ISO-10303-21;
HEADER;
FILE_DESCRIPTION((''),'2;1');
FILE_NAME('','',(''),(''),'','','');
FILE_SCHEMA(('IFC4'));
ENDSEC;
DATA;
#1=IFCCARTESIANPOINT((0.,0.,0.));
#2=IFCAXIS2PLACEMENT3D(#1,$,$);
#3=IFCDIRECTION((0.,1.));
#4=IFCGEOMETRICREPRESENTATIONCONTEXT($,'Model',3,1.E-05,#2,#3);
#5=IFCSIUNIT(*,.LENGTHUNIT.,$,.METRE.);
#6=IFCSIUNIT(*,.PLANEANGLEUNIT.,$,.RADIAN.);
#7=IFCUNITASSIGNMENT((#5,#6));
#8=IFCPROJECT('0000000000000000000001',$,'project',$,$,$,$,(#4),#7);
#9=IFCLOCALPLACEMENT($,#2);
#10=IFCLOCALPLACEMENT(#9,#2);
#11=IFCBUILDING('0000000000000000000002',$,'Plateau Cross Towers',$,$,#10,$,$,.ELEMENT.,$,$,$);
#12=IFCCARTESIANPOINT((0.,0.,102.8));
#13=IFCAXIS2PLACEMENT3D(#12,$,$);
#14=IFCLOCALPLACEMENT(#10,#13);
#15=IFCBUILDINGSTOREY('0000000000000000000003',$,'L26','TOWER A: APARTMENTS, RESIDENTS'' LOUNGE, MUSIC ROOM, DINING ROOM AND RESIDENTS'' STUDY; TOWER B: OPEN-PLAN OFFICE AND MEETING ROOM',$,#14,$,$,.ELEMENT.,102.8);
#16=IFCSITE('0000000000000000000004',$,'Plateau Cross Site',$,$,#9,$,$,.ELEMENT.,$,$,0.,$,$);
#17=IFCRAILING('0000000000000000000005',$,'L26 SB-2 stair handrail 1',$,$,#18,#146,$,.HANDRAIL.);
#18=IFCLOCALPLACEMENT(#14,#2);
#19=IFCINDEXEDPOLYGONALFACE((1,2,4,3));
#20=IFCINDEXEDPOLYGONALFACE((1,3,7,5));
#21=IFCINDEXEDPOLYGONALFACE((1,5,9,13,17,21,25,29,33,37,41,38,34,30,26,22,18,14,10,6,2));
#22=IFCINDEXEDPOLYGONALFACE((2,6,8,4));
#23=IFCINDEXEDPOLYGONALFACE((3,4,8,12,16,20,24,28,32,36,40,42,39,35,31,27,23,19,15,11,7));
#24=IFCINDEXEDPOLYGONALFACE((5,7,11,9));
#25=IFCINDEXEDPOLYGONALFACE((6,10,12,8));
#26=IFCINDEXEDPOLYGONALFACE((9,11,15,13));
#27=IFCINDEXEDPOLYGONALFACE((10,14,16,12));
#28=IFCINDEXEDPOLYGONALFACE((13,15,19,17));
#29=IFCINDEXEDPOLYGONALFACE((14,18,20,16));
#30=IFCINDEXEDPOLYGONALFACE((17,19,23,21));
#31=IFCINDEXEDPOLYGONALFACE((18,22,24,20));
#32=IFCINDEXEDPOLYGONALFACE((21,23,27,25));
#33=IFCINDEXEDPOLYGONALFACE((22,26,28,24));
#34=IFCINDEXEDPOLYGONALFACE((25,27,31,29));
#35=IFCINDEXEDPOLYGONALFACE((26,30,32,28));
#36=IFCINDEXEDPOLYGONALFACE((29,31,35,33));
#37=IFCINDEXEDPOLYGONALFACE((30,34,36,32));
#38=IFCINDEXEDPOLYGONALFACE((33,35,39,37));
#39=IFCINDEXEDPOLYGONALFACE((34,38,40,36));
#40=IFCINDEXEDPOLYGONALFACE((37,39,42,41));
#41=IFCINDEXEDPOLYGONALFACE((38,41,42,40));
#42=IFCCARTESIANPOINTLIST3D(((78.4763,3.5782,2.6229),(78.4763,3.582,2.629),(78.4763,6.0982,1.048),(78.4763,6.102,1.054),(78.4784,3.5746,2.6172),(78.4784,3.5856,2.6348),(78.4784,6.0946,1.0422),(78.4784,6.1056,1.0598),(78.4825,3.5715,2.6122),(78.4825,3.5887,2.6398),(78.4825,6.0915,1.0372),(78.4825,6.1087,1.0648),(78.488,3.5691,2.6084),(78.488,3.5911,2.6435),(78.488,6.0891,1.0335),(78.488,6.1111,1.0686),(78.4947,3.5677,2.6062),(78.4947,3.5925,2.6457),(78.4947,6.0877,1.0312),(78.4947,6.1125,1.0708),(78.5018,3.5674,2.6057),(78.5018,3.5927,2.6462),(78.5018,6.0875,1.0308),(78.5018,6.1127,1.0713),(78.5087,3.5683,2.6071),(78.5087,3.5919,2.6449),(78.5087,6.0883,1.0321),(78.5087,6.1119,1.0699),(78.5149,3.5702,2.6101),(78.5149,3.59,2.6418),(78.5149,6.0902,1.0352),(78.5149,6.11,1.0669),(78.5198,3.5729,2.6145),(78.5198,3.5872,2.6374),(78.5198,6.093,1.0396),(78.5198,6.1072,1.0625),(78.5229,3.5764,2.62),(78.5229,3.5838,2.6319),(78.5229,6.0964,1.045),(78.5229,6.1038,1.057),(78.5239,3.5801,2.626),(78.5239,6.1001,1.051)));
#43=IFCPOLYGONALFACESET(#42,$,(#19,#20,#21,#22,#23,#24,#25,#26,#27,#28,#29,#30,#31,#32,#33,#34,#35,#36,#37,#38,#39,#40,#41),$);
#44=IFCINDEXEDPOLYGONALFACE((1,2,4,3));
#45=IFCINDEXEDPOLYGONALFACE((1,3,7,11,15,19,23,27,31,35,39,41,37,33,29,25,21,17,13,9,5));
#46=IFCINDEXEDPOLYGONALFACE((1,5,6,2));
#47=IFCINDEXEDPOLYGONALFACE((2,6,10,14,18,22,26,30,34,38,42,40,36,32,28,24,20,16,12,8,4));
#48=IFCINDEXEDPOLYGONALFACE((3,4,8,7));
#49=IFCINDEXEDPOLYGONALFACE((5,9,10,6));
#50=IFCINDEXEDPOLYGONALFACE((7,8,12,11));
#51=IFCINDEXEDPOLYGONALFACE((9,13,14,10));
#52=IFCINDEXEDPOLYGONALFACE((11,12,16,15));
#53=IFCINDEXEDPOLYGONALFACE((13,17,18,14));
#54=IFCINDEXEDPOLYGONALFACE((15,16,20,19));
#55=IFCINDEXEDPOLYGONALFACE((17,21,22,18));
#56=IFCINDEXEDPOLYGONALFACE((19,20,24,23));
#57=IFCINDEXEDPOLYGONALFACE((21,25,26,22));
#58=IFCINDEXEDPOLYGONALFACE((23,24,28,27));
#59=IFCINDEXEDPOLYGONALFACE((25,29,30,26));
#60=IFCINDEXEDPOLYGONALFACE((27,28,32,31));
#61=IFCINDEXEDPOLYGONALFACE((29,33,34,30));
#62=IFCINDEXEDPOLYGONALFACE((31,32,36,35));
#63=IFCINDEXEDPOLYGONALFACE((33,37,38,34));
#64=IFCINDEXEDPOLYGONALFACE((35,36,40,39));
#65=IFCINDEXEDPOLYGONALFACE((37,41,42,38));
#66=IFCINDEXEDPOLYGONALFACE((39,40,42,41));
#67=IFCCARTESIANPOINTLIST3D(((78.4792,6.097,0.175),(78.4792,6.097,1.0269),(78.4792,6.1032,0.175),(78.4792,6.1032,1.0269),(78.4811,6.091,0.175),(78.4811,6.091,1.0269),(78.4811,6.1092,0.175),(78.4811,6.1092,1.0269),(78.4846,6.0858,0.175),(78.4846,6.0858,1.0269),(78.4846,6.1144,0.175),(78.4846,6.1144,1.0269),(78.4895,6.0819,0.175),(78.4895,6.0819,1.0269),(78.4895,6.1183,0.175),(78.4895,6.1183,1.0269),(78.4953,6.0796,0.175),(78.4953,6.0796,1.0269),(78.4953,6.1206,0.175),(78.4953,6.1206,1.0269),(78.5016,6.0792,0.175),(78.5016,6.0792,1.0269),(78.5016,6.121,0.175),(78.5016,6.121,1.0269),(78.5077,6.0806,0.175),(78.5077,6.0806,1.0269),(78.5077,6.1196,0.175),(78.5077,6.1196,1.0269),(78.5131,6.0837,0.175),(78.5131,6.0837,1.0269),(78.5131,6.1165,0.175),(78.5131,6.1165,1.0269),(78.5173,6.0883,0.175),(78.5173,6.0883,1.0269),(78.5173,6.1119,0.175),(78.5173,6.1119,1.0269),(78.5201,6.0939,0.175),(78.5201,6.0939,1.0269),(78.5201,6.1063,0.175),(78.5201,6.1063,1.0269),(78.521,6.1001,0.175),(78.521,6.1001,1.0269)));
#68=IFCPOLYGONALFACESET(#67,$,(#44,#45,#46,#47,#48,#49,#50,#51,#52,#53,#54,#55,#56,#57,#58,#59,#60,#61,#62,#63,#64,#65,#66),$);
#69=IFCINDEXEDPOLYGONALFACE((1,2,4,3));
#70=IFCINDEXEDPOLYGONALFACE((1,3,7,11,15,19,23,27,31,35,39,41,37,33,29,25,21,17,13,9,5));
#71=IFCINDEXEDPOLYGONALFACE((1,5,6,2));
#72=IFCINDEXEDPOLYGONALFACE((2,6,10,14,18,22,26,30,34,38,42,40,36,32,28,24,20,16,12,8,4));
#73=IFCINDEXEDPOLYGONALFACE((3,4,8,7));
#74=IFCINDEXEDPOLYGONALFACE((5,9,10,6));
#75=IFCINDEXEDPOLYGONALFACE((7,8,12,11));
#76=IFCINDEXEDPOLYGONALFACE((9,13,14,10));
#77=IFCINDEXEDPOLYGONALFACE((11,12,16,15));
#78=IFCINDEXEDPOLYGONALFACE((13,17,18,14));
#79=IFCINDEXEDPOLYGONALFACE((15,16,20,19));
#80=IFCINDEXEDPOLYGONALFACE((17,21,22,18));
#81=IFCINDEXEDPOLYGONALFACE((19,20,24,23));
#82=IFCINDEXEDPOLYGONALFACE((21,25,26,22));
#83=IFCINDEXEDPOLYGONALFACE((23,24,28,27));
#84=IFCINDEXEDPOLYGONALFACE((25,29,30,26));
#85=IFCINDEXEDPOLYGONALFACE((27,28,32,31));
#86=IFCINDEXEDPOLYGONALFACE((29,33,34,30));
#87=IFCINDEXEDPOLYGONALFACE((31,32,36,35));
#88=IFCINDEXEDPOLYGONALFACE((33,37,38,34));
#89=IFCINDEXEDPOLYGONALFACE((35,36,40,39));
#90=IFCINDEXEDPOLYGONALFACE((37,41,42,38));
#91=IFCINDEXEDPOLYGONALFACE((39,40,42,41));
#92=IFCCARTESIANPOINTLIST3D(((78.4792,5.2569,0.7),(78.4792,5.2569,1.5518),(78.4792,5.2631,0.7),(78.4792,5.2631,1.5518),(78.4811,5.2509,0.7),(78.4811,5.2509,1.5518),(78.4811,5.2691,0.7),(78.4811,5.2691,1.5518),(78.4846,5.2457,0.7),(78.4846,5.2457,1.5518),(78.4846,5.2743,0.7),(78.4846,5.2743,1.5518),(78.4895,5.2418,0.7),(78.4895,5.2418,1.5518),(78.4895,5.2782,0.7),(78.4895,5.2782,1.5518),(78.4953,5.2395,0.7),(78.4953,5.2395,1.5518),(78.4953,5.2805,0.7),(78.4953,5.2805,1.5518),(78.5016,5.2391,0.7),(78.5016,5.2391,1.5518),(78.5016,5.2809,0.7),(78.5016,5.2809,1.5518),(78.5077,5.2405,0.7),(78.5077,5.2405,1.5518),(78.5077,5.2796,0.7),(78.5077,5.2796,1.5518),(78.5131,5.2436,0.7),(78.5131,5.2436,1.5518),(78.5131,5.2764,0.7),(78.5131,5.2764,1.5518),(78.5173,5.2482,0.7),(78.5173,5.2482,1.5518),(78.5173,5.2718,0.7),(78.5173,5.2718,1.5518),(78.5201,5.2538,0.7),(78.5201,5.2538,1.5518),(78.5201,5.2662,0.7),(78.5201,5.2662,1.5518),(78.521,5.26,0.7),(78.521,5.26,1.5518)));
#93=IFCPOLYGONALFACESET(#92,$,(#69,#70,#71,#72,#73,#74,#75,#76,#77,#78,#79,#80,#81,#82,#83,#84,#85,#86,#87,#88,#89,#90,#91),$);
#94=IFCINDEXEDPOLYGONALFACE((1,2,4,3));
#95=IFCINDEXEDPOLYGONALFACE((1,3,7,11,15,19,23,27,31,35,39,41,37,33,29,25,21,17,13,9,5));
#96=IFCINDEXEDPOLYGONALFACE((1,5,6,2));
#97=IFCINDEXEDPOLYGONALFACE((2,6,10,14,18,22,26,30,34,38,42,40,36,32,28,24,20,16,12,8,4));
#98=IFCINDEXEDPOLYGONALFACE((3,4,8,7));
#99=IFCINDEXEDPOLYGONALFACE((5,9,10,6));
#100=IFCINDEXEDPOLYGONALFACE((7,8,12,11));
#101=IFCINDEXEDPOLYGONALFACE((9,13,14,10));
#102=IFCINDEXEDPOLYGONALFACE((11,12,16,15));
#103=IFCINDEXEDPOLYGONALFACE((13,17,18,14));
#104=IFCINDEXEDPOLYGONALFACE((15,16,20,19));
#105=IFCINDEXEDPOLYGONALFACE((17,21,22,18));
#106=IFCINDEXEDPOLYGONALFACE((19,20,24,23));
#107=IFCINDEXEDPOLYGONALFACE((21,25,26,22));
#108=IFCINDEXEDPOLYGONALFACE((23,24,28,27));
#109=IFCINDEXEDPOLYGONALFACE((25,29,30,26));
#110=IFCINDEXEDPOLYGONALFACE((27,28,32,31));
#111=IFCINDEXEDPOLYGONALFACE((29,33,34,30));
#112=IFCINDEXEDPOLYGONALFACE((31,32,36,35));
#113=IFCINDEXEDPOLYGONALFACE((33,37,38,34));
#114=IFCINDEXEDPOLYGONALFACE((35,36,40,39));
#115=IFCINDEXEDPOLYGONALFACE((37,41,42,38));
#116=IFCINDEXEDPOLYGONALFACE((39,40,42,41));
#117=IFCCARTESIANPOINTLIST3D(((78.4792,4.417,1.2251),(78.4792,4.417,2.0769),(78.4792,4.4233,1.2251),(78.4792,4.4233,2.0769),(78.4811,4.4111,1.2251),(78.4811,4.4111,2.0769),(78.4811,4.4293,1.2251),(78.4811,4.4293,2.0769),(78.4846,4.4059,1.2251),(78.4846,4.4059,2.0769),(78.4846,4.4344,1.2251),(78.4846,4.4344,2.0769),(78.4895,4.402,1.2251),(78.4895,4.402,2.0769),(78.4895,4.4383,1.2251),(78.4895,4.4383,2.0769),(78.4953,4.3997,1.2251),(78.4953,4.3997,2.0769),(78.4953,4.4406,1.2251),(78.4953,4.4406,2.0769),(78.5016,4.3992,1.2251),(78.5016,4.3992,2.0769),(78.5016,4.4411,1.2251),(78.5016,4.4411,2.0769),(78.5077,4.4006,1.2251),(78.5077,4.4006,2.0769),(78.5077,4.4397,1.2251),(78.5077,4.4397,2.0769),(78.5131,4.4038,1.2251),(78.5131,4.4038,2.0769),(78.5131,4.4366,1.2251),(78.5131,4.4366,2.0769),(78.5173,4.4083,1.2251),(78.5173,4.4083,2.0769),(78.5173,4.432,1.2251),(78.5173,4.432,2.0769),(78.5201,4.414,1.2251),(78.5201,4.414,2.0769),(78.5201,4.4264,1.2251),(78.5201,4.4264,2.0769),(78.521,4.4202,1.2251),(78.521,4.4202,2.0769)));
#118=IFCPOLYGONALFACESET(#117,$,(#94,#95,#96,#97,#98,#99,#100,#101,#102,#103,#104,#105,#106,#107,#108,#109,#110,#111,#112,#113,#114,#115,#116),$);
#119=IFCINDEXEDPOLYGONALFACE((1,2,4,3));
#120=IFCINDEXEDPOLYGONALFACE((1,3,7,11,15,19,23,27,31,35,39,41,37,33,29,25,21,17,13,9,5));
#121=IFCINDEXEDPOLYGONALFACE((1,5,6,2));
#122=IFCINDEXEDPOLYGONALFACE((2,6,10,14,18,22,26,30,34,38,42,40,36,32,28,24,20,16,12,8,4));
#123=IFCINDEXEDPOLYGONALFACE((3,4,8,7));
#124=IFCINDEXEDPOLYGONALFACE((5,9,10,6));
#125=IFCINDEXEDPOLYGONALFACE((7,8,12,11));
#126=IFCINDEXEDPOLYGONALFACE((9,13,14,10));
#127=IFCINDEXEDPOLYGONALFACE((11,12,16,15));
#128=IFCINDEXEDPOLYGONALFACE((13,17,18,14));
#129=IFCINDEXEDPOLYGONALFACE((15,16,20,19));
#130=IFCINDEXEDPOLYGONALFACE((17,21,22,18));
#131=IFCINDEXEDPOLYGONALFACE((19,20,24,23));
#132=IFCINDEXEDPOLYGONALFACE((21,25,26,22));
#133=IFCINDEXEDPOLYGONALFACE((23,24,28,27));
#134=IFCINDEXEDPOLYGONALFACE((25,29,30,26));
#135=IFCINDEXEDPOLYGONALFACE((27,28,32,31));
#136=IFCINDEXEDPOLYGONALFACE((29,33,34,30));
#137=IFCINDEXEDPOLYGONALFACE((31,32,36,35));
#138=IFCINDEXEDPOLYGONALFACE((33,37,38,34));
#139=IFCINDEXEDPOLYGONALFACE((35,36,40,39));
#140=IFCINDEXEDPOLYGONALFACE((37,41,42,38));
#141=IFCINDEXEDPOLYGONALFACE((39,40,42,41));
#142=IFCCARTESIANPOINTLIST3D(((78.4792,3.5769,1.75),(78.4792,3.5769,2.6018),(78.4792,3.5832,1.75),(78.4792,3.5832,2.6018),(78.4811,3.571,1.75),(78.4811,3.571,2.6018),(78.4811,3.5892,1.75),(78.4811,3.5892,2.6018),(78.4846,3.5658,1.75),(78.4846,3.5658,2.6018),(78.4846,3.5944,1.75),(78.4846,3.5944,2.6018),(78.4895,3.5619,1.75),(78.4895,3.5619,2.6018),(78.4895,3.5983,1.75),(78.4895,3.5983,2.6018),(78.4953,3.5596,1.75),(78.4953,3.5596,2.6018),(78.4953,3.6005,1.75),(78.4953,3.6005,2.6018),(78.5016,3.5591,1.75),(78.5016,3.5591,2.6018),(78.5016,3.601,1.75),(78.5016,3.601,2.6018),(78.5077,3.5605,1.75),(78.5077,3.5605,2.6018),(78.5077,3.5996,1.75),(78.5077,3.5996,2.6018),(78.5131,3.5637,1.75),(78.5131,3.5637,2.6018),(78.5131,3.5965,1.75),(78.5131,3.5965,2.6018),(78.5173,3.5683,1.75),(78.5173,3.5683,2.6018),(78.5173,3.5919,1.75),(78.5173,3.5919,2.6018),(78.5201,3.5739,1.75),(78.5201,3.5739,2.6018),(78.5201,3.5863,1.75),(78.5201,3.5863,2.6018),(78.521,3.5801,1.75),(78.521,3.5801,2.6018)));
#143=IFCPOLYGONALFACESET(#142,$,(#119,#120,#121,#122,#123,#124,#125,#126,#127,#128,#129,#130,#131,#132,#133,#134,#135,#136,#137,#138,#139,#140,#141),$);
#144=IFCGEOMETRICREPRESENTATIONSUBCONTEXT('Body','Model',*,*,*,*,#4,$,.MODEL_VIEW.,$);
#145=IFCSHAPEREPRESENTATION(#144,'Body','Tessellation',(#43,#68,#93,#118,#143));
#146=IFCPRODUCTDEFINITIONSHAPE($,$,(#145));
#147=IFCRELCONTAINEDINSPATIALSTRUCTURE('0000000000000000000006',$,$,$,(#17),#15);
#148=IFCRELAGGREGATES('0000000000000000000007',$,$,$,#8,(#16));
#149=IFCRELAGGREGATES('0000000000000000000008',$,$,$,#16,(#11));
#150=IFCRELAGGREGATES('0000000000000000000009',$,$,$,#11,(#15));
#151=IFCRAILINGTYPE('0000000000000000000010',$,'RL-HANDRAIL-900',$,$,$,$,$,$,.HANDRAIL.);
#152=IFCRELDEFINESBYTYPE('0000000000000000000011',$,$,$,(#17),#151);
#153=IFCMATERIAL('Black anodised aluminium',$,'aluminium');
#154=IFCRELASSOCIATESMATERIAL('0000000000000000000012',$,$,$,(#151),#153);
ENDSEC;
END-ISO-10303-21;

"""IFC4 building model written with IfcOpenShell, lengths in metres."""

from ifc_helpers import new_model, si_unit, direction, frame, origin, origin_2d, place, context, subcontext, project, spatial, circle, extrude, material, type_object, element, save


model = new_model("IFC4")

# Units and contexts
model_context = context("Model", 3, precision=1e-05, world=origin(), true_north=direction((0.0, 1.0)))
body_context = subcontext(model_context, "Body", "Model", "MODEL_VIEW")
ifc_project = project(units=[si_unit("LENGTHUNIT", "METRE"), si_unit("PLANEANGLEUNIT", "RADIAN")], contexts=[model_context])

# Site, building, storey
site_placement = place(None, origin())
site = spatial("IfcSite", under=ifc_project, at=site_placement, Name="Plateau Cross Site", CompositionType="ELEMENT", RefElevation=0.0)
building_placement = place(site_placement, origin())
building = spatial("IfcBuilding", under=site, at=building_placement, Name="Plateau Cross Towers", CompositionType="ELEMENT")
storey_placement = place(building_placement, frame((0.0, 0.0, 102.8)))
storey = spatial("IfcBuildingStorey", under=building, at=storey_placement, Name="L26", Description="TOWER A: APARTMENTS, RESIDENTS' LOUNGE, MUSIC ROOM, DINING ROOM AND RESIDENTS' STUDY; TOWER B: OPEN-PLAN OFFICE AND MEETING ROOM", CompositionType="ELEMENT", Elevation=102.8)

# Railing
ifc_material_1 = material(Name="Black anodised aluminium", Category="aluminium")
railing_type_1 = type_object("IfcRailingType", Name="RL-HANDRAIL-900", PredefinedType="HANDRAIL", material=ifc_material_1)
railing_1_placement = place(storey_placement, frame((78.5, 6.1001, 0.175)))
element("IfcRailing", 1, at=railing_1_placement, inside=storey, type_object=railing_type_1, Name="L26 SB-2 stair handrail 1", PredefinedType="HANDRAIL", context=body_context, shape_type="SweptSolid", body=[
    extrude(circle(Radius=0.0239, at=origin_2d()), frame((0.0, 0.0, 0.876), z_axis=(0.0, -0.848008, 0.529984), x_axis=(1.0, 0.0, 0.0)), (0.0, 0.0, 1.0), 2.9717),
    extrude(circle(Radius=0.021, at=origin_2d()), origin(), (0.0, 0.0, 1.0), 0.8518),
    extrude(circle(Radius=0.021, at=origin_2d()), frame((0.0, -0.8401, 0.5249)), (0.0, 0.0, 1.0), 0.8518),
    extrude(circle(Radius=0.021, at=origin_2d()), frame((0.0, -1.6799, 1.05)), (0.0, 0.0, 1.0), 0.8518),
    extrude(circle(Radius=0.021, at=origin_2d()), frame((0.0, -2.52, 1.575)), (0.0, 0.0, 1.0), 0.8518),
])

save(model, "model.ifc")
